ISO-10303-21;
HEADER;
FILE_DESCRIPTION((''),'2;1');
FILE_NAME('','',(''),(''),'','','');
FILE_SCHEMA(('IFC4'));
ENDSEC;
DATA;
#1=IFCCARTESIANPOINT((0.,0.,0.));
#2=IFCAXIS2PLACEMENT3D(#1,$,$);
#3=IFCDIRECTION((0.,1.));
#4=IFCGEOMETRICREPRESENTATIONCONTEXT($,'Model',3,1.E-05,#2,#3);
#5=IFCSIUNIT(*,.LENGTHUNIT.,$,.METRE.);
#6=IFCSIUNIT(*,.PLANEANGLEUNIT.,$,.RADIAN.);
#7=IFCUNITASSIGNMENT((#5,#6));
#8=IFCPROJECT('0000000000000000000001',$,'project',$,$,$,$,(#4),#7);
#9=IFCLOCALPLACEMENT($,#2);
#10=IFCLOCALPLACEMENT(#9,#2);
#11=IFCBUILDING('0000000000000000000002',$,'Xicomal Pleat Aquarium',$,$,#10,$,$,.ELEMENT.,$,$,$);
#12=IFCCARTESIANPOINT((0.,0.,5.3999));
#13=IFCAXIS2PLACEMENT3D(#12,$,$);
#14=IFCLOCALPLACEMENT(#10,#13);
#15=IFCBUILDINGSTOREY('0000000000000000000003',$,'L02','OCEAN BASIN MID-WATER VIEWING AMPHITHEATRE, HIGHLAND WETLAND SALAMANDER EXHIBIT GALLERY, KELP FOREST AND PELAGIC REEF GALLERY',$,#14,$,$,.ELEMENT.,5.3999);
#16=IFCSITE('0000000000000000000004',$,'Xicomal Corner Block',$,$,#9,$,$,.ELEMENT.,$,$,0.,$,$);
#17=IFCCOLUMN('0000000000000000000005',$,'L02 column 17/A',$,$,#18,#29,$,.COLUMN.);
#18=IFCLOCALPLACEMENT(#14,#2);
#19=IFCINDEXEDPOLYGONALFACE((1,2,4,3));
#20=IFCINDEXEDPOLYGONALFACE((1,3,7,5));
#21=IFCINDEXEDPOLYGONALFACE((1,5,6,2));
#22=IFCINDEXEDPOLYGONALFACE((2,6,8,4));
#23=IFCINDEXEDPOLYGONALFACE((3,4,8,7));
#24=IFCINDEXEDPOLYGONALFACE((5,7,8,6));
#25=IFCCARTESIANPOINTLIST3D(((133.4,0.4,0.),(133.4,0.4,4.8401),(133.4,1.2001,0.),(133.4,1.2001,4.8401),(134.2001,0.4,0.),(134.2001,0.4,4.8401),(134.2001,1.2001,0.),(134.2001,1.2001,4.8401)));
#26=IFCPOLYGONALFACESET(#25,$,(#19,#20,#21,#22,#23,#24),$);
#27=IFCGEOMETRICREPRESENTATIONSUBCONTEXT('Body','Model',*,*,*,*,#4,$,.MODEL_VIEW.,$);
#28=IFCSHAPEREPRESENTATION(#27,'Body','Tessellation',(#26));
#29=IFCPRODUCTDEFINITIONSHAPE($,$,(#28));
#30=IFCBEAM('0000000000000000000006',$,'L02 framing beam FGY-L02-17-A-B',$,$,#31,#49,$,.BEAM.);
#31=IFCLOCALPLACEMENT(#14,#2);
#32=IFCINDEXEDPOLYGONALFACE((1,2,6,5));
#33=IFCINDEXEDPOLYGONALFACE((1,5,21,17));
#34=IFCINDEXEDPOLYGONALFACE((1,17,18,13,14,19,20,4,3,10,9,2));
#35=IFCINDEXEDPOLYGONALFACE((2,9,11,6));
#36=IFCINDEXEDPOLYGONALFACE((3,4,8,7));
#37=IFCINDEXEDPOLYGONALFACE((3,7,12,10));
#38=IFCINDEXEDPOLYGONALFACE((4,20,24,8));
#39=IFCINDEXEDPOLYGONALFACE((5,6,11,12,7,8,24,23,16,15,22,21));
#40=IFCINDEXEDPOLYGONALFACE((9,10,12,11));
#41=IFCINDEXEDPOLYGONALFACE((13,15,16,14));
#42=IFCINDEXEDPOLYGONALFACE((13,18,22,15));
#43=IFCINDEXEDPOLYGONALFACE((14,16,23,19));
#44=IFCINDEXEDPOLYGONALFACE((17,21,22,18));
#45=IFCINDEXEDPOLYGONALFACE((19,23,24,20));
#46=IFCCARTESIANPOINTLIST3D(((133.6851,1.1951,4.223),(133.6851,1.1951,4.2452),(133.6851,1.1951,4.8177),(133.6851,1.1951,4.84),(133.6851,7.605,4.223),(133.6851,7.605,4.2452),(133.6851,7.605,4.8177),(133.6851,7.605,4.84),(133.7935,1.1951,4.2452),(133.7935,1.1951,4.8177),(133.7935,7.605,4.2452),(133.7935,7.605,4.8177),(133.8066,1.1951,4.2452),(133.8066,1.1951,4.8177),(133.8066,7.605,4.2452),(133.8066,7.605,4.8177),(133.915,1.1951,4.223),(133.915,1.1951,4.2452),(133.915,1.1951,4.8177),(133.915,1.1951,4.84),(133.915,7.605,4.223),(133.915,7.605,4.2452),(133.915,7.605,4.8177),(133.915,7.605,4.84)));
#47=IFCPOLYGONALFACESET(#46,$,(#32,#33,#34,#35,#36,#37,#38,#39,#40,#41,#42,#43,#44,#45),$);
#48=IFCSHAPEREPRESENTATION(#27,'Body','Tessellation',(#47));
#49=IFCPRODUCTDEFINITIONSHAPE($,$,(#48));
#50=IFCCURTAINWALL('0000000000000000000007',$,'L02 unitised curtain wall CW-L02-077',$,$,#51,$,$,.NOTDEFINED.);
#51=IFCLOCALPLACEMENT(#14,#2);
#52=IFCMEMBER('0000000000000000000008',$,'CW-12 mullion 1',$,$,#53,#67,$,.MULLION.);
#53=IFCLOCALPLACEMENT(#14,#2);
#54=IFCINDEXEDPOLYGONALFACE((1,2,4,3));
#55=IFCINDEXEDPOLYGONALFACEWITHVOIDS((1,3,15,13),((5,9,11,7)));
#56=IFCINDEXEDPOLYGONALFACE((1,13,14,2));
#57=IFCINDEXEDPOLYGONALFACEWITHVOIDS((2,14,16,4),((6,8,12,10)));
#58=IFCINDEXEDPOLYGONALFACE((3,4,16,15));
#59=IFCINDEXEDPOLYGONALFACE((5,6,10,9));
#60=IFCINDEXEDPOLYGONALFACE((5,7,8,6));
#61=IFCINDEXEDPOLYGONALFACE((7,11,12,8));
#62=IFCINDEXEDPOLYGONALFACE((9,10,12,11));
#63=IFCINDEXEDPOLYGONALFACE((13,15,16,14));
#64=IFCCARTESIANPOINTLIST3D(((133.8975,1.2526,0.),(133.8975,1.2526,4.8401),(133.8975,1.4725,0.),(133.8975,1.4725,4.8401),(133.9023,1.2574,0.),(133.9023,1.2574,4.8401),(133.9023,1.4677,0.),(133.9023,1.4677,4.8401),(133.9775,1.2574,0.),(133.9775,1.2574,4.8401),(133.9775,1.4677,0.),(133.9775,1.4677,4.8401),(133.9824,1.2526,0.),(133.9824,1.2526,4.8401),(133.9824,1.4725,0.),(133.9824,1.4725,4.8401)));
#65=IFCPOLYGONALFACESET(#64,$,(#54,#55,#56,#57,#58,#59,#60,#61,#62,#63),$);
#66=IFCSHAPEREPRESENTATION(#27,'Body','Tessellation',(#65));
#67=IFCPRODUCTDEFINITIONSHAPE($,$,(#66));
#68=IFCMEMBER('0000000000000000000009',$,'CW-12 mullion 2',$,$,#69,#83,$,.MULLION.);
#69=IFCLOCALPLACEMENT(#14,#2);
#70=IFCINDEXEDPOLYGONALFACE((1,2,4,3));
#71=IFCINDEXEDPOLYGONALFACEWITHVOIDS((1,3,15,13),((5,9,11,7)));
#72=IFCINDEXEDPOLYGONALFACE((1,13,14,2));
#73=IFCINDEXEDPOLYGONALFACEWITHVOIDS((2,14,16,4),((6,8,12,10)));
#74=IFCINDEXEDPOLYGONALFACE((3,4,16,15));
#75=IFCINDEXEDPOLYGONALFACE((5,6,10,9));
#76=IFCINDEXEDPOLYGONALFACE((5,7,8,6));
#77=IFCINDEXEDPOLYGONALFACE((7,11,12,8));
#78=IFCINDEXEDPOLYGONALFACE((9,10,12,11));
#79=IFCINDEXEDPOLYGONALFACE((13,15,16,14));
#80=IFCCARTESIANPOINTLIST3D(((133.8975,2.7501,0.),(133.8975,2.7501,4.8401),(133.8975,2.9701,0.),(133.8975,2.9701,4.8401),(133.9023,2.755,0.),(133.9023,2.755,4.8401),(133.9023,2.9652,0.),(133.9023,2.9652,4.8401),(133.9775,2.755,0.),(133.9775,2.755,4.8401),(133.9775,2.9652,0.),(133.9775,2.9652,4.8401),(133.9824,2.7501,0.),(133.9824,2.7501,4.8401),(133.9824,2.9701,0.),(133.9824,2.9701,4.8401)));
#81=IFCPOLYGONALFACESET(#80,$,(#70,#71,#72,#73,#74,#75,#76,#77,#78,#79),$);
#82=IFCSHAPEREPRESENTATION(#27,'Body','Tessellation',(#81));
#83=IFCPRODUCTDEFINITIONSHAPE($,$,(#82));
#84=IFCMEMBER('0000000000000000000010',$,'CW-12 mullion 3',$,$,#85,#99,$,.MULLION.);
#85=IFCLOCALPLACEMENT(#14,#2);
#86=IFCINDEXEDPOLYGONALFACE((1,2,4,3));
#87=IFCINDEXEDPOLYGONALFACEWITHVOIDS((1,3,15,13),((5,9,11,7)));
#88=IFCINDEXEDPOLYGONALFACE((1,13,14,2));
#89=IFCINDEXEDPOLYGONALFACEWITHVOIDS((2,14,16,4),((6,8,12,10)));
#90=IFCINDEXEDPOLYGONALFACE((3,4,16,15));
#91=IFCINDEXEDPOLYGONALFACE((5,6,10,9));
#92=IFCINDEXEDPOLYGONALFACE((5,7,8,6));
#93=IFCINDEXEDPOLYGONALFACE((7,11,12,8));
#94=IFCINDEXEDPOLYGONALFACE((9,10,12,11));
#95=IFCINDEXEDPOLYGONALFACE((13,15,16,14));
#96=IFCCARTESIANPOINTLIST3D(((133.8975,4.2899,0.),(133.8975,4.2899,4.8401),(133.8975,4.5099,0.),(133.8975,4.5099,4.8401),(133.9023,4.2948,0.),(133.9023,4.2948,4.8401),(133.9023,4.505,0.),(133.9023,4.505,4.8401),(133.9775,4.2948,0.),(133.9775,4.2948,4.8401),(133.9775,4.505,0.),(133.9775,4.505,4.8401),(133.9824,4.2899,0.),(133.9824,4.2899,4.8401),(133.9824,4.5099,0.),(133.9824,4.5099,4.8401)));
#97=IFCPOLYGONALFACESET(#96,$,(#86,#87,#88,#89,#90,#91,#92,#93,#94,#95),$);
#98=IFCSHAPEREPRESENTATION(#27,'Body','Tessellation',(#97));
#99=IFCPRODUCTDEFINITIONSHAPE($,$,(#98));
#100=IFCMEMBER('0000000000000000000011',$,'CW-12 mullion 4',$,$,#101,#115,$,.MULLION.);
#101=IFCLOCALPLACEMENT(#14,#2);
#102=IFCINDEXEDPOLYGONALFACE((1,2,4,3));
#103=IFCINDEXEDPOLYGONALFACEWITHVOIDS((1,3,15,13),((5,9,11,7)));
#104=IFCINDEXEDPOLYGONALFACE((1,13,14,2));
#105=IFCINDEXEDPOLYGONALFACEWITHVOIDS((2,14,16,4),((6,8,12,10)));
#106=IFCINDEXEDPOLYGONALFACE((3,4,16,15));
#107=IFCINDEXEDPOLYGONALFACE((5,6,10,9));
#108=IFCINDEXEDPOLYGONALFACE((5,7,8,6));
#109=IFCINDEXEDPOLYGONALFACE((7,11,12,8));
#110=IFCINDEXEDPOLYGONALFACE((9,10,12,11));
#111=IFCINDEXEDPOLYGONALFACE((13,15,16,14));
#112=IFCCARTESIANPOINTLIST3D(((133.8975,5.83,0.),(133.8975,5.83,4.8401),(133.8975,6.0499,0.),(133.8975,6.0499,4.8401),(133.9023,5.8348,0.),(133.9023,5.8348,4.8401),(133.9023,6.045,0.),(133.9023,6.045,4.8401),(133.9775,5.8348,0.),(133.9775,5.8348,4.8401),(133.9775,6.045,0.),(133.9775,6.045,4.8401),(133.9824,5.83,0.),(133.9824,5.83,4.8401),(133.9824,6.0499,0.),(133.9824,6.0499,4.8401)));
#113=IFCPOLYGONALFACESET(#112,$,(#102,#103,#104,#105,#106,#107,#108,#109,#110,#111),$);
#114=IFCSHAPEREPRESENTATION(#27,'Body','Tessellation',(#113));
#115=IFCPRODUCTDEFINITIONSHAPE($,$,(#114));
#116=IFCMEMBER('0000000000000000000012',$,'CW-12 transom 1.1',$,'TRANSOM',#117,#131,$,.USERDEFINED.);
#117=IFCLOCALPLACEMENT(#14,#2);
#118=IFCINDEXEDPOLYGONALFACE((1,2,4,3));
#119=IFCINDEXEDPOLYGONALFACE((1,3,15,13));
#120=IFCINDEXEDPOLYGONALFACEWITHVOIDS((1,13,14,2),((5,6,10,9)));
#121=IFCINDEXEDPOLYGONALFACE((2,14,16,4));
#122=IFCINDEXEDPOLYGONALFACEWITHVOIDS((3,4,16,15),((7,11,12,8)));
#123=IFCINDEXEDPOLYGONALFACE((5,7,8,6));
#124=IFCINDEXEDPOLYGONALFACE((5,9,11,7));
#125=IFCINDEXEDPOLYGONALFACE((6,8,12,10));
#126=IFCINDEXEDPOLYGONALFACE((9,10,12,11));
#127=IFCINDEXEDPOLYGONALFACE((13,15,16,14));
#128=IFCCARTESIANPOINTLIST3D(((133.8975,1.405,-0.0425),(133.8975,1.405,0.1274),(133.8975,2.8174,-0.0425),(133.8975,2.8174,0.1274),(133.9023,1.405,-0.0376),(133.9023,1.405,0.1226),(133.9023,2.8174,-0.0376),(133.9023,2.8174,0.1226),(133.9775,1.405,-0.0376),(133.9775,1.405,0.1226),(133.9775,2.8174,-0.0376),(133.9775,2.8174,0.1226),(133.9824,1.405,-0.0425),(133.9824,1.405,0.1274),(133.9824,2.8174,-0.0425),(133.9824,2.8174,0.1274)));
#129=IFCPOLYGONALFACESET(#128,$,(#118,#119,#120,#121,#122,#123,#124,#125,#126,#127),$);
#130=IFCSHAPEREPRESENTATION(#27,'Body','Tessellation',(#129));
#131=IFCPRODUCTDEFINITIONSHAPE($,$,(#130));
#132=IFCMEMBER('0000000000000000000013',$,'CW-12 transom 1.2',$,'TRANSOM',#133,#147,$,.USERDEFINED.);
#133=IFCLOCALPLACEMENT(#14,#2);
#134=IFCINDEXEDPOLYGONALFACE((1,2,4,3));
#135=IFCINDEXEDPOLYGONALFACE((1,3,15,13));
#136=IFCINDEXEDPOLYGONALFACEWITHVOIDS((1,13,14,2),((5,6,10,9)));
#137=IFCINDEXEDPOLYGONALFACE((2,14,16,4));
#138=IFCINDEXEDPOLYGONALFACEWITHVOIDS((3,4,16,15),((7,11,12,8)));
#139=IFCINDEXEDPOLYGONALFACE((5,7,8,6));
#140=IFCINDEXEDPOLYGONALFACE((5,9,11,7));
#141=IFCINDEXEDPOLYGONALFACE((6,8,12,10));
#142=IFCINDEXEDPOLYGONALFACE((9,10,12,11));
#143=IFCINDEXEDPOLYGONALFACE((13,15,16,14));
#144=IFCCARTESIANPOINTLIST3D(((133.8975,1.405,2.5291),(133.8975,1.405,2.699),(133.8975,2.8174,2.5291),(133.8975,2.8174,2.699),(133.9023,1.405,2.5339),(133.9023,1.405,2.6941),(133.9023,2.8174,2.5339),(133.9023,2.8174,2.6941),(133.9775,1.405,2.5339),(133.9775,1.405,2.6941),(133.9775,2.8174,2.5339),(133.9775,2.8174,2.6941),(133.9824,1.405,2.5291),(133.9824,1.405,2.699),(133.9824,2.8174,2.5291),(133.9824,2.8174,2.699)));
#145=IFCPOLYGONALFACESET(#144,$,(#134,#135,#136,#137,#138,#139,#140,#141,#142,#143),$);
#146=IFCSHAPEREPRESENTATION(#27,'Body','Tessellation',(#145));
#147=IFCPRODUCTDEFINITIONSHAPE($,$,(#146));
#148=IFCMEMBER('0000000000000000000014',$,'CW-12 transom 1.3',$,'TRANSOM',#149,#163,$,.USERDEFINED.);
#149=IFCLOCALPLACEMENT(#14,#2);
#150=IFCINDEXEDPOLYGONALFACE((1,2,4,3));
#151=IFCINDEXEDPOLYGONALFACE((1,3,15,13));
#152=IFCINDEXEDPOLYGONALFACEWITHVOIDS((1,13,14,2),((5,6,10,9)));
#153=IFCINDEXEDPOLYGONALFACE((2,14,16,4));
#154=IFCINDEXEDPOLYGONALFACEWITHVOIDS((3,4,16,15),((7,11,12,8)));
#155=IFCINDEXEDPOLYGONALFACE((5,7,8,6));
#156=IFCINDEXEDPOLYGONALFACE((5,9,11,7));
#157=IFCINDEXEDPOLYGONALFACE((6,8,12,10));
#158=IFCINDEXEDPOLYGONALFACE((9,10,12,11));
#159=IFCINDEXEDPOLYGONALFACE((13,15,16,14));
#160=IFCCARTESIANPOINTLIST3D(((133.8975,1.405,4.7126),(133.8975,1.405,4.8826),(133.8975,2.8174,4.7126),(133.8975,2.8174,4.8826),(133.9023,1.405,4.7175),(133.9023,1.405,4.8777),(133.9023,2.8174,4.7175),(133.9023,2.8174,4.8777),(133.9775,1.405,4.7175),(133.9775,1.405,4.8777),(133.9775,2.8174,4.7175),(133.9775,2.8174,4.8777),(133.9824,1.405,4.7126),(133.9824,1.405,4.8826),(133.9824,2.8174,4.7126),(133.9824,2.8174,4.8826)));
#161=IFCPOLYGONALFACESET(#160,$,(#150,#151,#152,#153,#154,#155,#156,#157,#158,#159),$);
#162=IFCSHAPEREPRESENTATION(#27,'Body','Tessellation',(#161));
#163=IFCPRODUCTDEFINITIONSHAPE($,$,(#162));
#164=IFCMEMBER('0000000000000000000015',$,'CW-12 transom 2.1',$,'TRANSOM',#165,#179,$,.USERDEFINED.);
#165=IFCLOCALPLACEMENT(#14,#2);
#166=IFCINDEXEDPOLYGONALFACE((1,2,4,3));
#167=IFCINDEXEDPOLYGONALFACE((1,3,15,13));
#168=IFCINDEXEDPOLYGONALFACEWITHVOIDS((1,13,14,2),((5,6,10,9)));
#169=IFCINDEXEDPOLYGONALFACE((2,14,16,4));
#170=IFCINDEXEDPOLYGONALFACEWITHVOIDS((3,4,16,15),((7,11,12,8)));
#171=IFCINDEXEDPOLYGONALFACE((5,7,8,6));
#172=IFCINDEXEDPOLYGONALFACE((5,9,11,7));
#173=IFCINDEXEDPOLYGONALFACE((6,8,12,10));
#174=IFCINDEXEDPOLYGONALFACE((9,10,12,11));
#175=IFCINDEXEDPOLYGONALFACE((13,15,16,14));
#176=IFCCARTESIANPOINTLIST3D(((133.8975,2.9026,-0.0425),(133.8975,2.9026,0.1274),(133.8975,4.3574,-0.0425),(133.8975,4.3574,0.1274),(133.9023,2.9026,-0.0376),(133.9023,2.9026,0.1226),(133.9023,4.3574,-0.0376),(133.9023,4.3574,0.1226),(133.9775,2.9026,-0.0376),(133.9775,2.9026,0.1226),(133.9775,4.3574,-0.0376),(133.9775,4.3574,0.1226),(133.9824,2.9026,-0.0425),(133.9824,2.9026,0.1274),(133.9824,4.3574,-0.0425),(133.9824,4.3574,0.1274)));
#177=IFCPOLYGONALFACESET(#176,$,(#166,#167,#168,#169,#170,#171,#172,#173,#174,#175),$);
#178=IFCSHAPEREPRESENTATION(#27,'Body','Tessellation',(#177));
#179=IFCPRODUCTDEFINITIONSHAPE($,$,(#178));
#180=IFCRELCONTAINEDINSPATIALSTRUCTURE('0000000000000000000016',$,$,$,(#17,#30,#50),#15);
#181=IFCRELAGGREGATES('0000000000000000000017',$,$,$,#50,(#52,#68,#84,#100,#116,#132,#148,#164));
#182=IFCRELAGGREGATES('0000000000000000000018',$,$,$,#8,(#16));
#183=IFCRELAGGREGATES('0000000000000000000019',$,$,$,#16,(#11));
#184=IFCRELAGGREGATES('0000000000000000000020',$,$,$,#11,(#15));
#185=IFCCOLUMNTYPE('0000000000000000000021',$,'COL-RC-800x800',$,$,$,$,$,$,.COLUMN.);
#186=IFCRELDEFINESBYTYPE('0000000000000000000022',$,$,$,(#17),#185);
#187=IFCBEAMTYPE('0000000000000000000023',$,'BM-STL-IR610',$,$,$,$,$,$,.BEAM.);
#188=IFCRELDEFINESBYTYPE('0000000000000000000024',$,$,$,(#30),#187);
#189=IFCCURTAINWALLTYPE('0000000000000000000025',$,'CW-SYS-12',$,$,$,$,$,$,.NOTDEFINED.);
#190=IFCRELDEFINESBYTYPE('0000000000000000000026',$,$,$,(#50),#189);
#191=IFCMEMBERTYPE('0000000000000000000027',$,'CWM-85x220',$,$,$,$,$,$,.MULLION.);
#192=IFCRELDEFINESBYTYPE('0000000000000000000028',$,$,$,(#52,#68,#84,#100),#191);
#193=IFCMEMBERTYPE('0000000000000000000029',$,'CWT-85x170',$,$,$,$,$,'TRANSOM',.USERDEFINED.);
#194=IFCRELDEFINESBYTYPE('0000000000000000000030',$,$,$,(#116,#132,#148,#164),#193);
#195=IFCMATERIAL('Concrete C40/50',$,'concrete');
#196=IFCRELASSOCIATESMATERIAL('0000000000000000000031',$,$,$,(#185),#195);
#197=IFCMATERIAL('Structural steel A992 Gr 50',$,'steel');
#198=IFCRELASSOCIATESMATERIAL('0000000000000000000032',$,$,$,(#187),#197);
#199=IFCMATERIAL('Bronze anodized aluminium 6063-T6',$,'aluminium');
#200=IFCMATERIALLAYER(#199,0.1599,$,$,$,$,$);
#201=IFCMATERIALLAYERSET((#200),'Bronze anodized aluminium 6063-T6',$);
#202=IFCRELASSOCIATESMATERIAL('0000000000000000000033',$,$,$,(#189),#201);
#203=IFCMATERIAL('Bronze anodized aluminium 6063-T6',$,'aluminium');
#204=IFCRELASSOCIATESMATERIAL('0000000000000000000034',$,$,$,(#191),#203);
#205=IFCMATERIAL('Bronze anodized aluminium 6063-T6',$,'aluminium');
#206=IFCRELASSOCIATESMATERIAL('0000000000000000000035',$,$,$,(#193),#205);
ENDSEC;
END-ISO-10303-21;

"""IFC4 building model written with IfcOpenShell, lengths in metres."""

from ifc_helpers import new_model, si_unit, direction, frame, origin, origin_2d, place, context, subcontext, project, spatial, rectangle, hollow_rectangle, i_section, extrude, material, layer, layer_set, material_profile, profile_set, type_object, element, aggregate, save


model = new_model("IFC4")

# Units and contexts
model_context = context("Model", 3, precision=1e-05, world=origin(), true_north=direction((0.0, 1.0)))
body_context = subcontext(model_context, "Body", "Model", "MODEL_VIEW")
ifc_project = project(units=[si_unit("LENGTHUNIT", "METRE"), si_unit("PLANEANGLEUNIT", "RADIAN")], contexts=[model_context])

# Site, building, storey
site_placement = place(None, origin())
site = spatial("IfcSite", under=ifc_project, at=site_placement, Name="Xicomal Corner Block", CompositionType="ELEMENT", RefElevation=0.0)
building_placement = place(site_placement, origin())
building = spatial("IfcBuilding", under=site, at=building_placement, Name="Xicomal Pleat Aquarium", CompositionType="ELEMENT")
storey_placement = place(building_placement, frame((0.0, 0.0, 5.3999)))
storey = spatial("IfcBuildingStorey", under=building, at=storey_placement, Name="L02", Description="OCEAN BASIN MID-WATER VIEWING AMPHITHEATRE, HIGHLAND WETLAND SALAMANDER EXHIBIT GALLERY, KELP FOREST AND PELAGIC REEF GALLERY", CompositionType="ELEMENT", Elevation=5.3999)

# Column
ifc_material_1 = material(Name="Concrete C40/50", Category="concrete")
ifc_material_profile_1 = material_profile(ifc_material_1, rectangle(XDim=0.8, YDim=0.8, at=origin_2d()), Name="RC 800x800")
ifc_profile_set_1 = profile_set([ifc_material_profile_1], Name="Concrete C40/50")
column_type = type_object("IfcColumnType", Name="COL-RC-800x800", PredefinedType="COLUMN", material=ifc_profile_set_1)
column_placement = place(storey_placement, frame((133.8, 0.8, 0.0), z_axis=(0.0, 0.0, 1.0), x_axis=(1.0, 0.0, 0.0)))
element("IfcColumn", 1, at=column_placement, inside=storey, type_object=column_type, Name="L02 column 17/A", PredefinedType="COLUMN", context=body_context, shape_type="SweptSolid", body=[
    extrude(rectangle(XDim=0.8, YDim=0.8, at=origin_2d()), origin(), (0.0, 0.0, 1.0), 4.8401),
])

# Beam
ifc_material_2 = material(Name="Structural steel A992 Gr 50", Category="steel")
ifc_material_profile_2 = material_profile(ifc_material_2, i_section(OverallWidth=0.23, OverallDepth=0.6169, WebThickness=0.0132, FlangeThickness=0.0222, at=origin_2d()), Name="IR 610x140")
ifc_profile_set_2 = profile_set([ifc_material_profile_2], Name="Structural steel A992 Gr 50")
beam_type = type_object("IfcBeamType", Name="BM-STL-IR610", PredefinedType="BEAM", material=ifc_profile_set_2)
beam_placement = place(storey_placement, frame((133.8, 1.1951, 4.5315), z_axis=(0.0, 1.0, 0.0), x_axis=(-1.0, 0.0, 0.0)))
element("IfcBeam", 2, at=beam_placement, inside=storey, type_object=beam_type, Name="L02 framing beam FGY-L02-17-A-B", PredefinedType="BEAM", context=body_context, shape_type="SweptSolid", body=[
    extrude(i_section(OverallWidth=0.23, OverallDepth=0.6169, WebThickness=0.0132, FlangeThickness=0.0222, at=origin_2d()), origin(), (0.0, 0.0, 1.0), 6.4099),
])

# Curtain wall, members
ifc_material_3 = material(Name="Bronze anodized aluminium 6063-T6", Category="aluminium")
ifc_layer_1 = layer(ifc_material_3, 0.1599)
ifc_layer_set_1 = layer_set([ifc_layer_1], Name="Bronze anodized aluminium 6063-T6")
curtain_wall_type = type_object("IfcCurtainWallType", Name="CW-SYS-12", PredefinedType="NOTDEFINED", material=ifc_layer_set_1)
curtain_wall_placement = place(storey_placement, origin())
curtain_wall = element("IfcCurtainWall", 3, at=curtain_wall_placement, inside=storey, type_object=curtain_wall_type, Name="L02 unitised curtain wall CW-L02-077", PredefinedType="NOTDEFINED")
ifc_material_4 = material(Name="Bronze anodized aluminium 6063-T6", Category="aluminium")
ifc_material_profile_3 = material_profile(ifc_material_4, hollow_rectangle(XDim=0.085, YDim=0.22, WallThickness=0.0049, at=origin_2d()), Name="ALU MULL 85x220")
ifc_profile_set_3 = profile_set([ifc_material_profile_3], Name="Bronze anodized aluminium 6063-T6")
member_type_1 = type_object("IfcMemberType", Name="CWM-85x220", PredefinedType="MULLION", material=ifc_profile_set_3)
member_1_placement = place(storey_placement, frame((133.9399, 1.3625, 0.0), z_axis=(0.0, 0.0, 1.0), x_axis=(-1.0, 0.0, 0.0)))
member_1 = element("IfcMember", 4, at=member_1_placement, type_object=member_type_1, Name="CW-12 mullion 1", PredefinedType="MULLION", context=body_context, shape_type="SweptSolid", body=[
    extrude(hollow_rectangle(XDim=0.085, YDim=0.22, WallThickness=0.0049, at=origin_2d()), origin(), (0.0, 0.0, 1.0), 4.8401),
])
member_2_placement = place(storey_placement, frame((133.9399, 2.8601, 0.0), z_axis=(0.0, 0.0, 1.0), x_axis=(-1.0, 0.0, 0.0)))
member_2 = element("IfcMember", 5, at=member_2_placement, type_object=member_type_1, Name="CW-12 mullion 2", PredefinedType="MULLION", context=body_context, shape_type="SweptSolid", body=[
    extrude(hollow_rectangle(XDim=0.085, YDim=0.22, WallThickness=0.0049, at=origin_2d()), origin(), (0.0, 0.0, 1.0), 4.8401),
])
member_3_placement = place(storey_placement, frame((133.9399, 4.3999, 0.0), z_axis=(0.0, 0.0, 1.0), x_axis=(-1.0, 0.0, 0.0)))
member_3 = element("IfcMember", 6, at=member_3_placement, type_object=member_type_1, Name="CW-12 mullion 3", PredefinedType="MULLION", context=body_context, shape_type="SweptSolid", body=[
    extrude(hollow_rectangle(XDim=0.085, YDim=0.22, WallThickness=0.0049, at=origin_2d()), origin(), (0.0, 0.0, 1.0), 4.8401),
])
member_4_placement = place(storey_placement, frame((133.9399, 5.9399, 0.0), z_axis=(0.0, 0.0, 1.0), x_axis=(-1.0, 0.0, 0.0)))
member_4 = element("IfcMember", 7, at=member_4_placement, type_object=member_type_1, Name="CW-12 mullion 4", PredefinedType="MULLION", context=body_context, shape_type="SweptSolid", body=[
    extrude(hollow_rectangle(XDim=0.085, YDim=0.22, WallThickness=0.0049, at=origin_2d()), origin(), (0.0, 0.0, 1.0), 4.8401),
])
ifc_material_5 = material(Name="Bronze anodized aluminium 6063-T6", Category="aluminium")
ifc_material_profile_4 = material_profile(ifc_material_5, hollow_rectangle(XDim=0.085, YDim=0.1699, WallThickness=0.0049, at=origin_2d()), Name="ALU TRAN 85x170")
ifc_profile_set_4 = profile_set([ifc_material_profile_4], Name="Bronze anodized aluminium 6063-T6")
member_type_2 = type_object("IfcMemberType", Name="CWT-85x170", ElementType="TRANSOM", PredefinedType="USERDEFINED", material=ifc_profile_set_4)
member_5_placement = place(storey_placement, frame((133.9399, 1.405, 0.0425), z_axis=(0.0, 1.0, 0.0), x_axis=(-1.0, 0.0, 0.0)))
member_5 = element("IfcMember", 8, at=member_5_placement, type_object=member_type_2, Name="CW-12 transom 1.1", ObjectType="TRANSOM", PredefinedType="USERDEFINED", context=body_context, shape_type="SweptSolid", body=[
    extrude(hollow_rectangle(XDim=0.085, YDim=0.1699, WallThickness=0.0049, at=origin_2d()), origin(), (0.0, 0.0, 1.0), 1.4124),
])
member_6_placement = place(storey_placement, frame((133.9399, 1.405, 2.614), z_axis=(0.0, 1.0, 0.0), x_axis=(-1.0, 0.0, 0.0)))
member_6 = element("IfcMember", 9, at=member_6_placement, type_object=member_type_2, Name="CW-12 transom 1.2", ObjectType="TRANSOM", PredefinedType="USERDEFINED", context=body_context, shape_type="SweptSolid", body=[
    extrude(hollow_rectangle(XDim=0.085, YDim=0.1699, WallThickness=0.0049, at=origin_2d()), origin(), (0.0, 0.0, 1.0), 1.4124),
])
member_7_placement = place(storey_placement, frame((133.9399, 1.405, 4.7976), z_axis=(0.0, 1.0, 0.0), x_axis=(-1.0, 0.0, 0.0)))
member_7 = element("IfcMember", 10, at=member_7_placement, type_object=member_type_2, Name="CW-12 transom 1.3", ObjectType="TRANSOM", PredefinedType="USERDEFINED", context=body_context, shape_type="SweptSolid", body=[
    extrude(hollow_rectangle(XDim=0.085, YDim=0.1699, WallThickness=0.0049, at=origin_2d()), origin(), (0.0, 0.0, 1.0), 1.4124),
])
member_8_placement = place(storey_placement, frame((133.9399, 2.9026, 0.0425), z_axis=(0.0, 1.0, 0.0), x_axis=(-1.0, 0.0, 0.0)))
member_8 = element("IfcMember", 11, at=member_8_placement, type_object=member_type_2, Name="CW-12 transom 2.1", ObjectType="TRANSOM", PredefinedType="USERDEFINED", context=body_context, shape_type="SweptSolid", body=[
    extrude(hollow_rectangle(XDim=0.085, YDim=0.1699, WallThickness=0.0049, at=origin_2d()), origin(), (0.0, 0.0, 1.0), 1.4548),
])
aggregate(curtain_wall, [member_1, member_2, member_3, member_4, member_5, member_6, member_7, member_8])

save(model, "model.ifc")
